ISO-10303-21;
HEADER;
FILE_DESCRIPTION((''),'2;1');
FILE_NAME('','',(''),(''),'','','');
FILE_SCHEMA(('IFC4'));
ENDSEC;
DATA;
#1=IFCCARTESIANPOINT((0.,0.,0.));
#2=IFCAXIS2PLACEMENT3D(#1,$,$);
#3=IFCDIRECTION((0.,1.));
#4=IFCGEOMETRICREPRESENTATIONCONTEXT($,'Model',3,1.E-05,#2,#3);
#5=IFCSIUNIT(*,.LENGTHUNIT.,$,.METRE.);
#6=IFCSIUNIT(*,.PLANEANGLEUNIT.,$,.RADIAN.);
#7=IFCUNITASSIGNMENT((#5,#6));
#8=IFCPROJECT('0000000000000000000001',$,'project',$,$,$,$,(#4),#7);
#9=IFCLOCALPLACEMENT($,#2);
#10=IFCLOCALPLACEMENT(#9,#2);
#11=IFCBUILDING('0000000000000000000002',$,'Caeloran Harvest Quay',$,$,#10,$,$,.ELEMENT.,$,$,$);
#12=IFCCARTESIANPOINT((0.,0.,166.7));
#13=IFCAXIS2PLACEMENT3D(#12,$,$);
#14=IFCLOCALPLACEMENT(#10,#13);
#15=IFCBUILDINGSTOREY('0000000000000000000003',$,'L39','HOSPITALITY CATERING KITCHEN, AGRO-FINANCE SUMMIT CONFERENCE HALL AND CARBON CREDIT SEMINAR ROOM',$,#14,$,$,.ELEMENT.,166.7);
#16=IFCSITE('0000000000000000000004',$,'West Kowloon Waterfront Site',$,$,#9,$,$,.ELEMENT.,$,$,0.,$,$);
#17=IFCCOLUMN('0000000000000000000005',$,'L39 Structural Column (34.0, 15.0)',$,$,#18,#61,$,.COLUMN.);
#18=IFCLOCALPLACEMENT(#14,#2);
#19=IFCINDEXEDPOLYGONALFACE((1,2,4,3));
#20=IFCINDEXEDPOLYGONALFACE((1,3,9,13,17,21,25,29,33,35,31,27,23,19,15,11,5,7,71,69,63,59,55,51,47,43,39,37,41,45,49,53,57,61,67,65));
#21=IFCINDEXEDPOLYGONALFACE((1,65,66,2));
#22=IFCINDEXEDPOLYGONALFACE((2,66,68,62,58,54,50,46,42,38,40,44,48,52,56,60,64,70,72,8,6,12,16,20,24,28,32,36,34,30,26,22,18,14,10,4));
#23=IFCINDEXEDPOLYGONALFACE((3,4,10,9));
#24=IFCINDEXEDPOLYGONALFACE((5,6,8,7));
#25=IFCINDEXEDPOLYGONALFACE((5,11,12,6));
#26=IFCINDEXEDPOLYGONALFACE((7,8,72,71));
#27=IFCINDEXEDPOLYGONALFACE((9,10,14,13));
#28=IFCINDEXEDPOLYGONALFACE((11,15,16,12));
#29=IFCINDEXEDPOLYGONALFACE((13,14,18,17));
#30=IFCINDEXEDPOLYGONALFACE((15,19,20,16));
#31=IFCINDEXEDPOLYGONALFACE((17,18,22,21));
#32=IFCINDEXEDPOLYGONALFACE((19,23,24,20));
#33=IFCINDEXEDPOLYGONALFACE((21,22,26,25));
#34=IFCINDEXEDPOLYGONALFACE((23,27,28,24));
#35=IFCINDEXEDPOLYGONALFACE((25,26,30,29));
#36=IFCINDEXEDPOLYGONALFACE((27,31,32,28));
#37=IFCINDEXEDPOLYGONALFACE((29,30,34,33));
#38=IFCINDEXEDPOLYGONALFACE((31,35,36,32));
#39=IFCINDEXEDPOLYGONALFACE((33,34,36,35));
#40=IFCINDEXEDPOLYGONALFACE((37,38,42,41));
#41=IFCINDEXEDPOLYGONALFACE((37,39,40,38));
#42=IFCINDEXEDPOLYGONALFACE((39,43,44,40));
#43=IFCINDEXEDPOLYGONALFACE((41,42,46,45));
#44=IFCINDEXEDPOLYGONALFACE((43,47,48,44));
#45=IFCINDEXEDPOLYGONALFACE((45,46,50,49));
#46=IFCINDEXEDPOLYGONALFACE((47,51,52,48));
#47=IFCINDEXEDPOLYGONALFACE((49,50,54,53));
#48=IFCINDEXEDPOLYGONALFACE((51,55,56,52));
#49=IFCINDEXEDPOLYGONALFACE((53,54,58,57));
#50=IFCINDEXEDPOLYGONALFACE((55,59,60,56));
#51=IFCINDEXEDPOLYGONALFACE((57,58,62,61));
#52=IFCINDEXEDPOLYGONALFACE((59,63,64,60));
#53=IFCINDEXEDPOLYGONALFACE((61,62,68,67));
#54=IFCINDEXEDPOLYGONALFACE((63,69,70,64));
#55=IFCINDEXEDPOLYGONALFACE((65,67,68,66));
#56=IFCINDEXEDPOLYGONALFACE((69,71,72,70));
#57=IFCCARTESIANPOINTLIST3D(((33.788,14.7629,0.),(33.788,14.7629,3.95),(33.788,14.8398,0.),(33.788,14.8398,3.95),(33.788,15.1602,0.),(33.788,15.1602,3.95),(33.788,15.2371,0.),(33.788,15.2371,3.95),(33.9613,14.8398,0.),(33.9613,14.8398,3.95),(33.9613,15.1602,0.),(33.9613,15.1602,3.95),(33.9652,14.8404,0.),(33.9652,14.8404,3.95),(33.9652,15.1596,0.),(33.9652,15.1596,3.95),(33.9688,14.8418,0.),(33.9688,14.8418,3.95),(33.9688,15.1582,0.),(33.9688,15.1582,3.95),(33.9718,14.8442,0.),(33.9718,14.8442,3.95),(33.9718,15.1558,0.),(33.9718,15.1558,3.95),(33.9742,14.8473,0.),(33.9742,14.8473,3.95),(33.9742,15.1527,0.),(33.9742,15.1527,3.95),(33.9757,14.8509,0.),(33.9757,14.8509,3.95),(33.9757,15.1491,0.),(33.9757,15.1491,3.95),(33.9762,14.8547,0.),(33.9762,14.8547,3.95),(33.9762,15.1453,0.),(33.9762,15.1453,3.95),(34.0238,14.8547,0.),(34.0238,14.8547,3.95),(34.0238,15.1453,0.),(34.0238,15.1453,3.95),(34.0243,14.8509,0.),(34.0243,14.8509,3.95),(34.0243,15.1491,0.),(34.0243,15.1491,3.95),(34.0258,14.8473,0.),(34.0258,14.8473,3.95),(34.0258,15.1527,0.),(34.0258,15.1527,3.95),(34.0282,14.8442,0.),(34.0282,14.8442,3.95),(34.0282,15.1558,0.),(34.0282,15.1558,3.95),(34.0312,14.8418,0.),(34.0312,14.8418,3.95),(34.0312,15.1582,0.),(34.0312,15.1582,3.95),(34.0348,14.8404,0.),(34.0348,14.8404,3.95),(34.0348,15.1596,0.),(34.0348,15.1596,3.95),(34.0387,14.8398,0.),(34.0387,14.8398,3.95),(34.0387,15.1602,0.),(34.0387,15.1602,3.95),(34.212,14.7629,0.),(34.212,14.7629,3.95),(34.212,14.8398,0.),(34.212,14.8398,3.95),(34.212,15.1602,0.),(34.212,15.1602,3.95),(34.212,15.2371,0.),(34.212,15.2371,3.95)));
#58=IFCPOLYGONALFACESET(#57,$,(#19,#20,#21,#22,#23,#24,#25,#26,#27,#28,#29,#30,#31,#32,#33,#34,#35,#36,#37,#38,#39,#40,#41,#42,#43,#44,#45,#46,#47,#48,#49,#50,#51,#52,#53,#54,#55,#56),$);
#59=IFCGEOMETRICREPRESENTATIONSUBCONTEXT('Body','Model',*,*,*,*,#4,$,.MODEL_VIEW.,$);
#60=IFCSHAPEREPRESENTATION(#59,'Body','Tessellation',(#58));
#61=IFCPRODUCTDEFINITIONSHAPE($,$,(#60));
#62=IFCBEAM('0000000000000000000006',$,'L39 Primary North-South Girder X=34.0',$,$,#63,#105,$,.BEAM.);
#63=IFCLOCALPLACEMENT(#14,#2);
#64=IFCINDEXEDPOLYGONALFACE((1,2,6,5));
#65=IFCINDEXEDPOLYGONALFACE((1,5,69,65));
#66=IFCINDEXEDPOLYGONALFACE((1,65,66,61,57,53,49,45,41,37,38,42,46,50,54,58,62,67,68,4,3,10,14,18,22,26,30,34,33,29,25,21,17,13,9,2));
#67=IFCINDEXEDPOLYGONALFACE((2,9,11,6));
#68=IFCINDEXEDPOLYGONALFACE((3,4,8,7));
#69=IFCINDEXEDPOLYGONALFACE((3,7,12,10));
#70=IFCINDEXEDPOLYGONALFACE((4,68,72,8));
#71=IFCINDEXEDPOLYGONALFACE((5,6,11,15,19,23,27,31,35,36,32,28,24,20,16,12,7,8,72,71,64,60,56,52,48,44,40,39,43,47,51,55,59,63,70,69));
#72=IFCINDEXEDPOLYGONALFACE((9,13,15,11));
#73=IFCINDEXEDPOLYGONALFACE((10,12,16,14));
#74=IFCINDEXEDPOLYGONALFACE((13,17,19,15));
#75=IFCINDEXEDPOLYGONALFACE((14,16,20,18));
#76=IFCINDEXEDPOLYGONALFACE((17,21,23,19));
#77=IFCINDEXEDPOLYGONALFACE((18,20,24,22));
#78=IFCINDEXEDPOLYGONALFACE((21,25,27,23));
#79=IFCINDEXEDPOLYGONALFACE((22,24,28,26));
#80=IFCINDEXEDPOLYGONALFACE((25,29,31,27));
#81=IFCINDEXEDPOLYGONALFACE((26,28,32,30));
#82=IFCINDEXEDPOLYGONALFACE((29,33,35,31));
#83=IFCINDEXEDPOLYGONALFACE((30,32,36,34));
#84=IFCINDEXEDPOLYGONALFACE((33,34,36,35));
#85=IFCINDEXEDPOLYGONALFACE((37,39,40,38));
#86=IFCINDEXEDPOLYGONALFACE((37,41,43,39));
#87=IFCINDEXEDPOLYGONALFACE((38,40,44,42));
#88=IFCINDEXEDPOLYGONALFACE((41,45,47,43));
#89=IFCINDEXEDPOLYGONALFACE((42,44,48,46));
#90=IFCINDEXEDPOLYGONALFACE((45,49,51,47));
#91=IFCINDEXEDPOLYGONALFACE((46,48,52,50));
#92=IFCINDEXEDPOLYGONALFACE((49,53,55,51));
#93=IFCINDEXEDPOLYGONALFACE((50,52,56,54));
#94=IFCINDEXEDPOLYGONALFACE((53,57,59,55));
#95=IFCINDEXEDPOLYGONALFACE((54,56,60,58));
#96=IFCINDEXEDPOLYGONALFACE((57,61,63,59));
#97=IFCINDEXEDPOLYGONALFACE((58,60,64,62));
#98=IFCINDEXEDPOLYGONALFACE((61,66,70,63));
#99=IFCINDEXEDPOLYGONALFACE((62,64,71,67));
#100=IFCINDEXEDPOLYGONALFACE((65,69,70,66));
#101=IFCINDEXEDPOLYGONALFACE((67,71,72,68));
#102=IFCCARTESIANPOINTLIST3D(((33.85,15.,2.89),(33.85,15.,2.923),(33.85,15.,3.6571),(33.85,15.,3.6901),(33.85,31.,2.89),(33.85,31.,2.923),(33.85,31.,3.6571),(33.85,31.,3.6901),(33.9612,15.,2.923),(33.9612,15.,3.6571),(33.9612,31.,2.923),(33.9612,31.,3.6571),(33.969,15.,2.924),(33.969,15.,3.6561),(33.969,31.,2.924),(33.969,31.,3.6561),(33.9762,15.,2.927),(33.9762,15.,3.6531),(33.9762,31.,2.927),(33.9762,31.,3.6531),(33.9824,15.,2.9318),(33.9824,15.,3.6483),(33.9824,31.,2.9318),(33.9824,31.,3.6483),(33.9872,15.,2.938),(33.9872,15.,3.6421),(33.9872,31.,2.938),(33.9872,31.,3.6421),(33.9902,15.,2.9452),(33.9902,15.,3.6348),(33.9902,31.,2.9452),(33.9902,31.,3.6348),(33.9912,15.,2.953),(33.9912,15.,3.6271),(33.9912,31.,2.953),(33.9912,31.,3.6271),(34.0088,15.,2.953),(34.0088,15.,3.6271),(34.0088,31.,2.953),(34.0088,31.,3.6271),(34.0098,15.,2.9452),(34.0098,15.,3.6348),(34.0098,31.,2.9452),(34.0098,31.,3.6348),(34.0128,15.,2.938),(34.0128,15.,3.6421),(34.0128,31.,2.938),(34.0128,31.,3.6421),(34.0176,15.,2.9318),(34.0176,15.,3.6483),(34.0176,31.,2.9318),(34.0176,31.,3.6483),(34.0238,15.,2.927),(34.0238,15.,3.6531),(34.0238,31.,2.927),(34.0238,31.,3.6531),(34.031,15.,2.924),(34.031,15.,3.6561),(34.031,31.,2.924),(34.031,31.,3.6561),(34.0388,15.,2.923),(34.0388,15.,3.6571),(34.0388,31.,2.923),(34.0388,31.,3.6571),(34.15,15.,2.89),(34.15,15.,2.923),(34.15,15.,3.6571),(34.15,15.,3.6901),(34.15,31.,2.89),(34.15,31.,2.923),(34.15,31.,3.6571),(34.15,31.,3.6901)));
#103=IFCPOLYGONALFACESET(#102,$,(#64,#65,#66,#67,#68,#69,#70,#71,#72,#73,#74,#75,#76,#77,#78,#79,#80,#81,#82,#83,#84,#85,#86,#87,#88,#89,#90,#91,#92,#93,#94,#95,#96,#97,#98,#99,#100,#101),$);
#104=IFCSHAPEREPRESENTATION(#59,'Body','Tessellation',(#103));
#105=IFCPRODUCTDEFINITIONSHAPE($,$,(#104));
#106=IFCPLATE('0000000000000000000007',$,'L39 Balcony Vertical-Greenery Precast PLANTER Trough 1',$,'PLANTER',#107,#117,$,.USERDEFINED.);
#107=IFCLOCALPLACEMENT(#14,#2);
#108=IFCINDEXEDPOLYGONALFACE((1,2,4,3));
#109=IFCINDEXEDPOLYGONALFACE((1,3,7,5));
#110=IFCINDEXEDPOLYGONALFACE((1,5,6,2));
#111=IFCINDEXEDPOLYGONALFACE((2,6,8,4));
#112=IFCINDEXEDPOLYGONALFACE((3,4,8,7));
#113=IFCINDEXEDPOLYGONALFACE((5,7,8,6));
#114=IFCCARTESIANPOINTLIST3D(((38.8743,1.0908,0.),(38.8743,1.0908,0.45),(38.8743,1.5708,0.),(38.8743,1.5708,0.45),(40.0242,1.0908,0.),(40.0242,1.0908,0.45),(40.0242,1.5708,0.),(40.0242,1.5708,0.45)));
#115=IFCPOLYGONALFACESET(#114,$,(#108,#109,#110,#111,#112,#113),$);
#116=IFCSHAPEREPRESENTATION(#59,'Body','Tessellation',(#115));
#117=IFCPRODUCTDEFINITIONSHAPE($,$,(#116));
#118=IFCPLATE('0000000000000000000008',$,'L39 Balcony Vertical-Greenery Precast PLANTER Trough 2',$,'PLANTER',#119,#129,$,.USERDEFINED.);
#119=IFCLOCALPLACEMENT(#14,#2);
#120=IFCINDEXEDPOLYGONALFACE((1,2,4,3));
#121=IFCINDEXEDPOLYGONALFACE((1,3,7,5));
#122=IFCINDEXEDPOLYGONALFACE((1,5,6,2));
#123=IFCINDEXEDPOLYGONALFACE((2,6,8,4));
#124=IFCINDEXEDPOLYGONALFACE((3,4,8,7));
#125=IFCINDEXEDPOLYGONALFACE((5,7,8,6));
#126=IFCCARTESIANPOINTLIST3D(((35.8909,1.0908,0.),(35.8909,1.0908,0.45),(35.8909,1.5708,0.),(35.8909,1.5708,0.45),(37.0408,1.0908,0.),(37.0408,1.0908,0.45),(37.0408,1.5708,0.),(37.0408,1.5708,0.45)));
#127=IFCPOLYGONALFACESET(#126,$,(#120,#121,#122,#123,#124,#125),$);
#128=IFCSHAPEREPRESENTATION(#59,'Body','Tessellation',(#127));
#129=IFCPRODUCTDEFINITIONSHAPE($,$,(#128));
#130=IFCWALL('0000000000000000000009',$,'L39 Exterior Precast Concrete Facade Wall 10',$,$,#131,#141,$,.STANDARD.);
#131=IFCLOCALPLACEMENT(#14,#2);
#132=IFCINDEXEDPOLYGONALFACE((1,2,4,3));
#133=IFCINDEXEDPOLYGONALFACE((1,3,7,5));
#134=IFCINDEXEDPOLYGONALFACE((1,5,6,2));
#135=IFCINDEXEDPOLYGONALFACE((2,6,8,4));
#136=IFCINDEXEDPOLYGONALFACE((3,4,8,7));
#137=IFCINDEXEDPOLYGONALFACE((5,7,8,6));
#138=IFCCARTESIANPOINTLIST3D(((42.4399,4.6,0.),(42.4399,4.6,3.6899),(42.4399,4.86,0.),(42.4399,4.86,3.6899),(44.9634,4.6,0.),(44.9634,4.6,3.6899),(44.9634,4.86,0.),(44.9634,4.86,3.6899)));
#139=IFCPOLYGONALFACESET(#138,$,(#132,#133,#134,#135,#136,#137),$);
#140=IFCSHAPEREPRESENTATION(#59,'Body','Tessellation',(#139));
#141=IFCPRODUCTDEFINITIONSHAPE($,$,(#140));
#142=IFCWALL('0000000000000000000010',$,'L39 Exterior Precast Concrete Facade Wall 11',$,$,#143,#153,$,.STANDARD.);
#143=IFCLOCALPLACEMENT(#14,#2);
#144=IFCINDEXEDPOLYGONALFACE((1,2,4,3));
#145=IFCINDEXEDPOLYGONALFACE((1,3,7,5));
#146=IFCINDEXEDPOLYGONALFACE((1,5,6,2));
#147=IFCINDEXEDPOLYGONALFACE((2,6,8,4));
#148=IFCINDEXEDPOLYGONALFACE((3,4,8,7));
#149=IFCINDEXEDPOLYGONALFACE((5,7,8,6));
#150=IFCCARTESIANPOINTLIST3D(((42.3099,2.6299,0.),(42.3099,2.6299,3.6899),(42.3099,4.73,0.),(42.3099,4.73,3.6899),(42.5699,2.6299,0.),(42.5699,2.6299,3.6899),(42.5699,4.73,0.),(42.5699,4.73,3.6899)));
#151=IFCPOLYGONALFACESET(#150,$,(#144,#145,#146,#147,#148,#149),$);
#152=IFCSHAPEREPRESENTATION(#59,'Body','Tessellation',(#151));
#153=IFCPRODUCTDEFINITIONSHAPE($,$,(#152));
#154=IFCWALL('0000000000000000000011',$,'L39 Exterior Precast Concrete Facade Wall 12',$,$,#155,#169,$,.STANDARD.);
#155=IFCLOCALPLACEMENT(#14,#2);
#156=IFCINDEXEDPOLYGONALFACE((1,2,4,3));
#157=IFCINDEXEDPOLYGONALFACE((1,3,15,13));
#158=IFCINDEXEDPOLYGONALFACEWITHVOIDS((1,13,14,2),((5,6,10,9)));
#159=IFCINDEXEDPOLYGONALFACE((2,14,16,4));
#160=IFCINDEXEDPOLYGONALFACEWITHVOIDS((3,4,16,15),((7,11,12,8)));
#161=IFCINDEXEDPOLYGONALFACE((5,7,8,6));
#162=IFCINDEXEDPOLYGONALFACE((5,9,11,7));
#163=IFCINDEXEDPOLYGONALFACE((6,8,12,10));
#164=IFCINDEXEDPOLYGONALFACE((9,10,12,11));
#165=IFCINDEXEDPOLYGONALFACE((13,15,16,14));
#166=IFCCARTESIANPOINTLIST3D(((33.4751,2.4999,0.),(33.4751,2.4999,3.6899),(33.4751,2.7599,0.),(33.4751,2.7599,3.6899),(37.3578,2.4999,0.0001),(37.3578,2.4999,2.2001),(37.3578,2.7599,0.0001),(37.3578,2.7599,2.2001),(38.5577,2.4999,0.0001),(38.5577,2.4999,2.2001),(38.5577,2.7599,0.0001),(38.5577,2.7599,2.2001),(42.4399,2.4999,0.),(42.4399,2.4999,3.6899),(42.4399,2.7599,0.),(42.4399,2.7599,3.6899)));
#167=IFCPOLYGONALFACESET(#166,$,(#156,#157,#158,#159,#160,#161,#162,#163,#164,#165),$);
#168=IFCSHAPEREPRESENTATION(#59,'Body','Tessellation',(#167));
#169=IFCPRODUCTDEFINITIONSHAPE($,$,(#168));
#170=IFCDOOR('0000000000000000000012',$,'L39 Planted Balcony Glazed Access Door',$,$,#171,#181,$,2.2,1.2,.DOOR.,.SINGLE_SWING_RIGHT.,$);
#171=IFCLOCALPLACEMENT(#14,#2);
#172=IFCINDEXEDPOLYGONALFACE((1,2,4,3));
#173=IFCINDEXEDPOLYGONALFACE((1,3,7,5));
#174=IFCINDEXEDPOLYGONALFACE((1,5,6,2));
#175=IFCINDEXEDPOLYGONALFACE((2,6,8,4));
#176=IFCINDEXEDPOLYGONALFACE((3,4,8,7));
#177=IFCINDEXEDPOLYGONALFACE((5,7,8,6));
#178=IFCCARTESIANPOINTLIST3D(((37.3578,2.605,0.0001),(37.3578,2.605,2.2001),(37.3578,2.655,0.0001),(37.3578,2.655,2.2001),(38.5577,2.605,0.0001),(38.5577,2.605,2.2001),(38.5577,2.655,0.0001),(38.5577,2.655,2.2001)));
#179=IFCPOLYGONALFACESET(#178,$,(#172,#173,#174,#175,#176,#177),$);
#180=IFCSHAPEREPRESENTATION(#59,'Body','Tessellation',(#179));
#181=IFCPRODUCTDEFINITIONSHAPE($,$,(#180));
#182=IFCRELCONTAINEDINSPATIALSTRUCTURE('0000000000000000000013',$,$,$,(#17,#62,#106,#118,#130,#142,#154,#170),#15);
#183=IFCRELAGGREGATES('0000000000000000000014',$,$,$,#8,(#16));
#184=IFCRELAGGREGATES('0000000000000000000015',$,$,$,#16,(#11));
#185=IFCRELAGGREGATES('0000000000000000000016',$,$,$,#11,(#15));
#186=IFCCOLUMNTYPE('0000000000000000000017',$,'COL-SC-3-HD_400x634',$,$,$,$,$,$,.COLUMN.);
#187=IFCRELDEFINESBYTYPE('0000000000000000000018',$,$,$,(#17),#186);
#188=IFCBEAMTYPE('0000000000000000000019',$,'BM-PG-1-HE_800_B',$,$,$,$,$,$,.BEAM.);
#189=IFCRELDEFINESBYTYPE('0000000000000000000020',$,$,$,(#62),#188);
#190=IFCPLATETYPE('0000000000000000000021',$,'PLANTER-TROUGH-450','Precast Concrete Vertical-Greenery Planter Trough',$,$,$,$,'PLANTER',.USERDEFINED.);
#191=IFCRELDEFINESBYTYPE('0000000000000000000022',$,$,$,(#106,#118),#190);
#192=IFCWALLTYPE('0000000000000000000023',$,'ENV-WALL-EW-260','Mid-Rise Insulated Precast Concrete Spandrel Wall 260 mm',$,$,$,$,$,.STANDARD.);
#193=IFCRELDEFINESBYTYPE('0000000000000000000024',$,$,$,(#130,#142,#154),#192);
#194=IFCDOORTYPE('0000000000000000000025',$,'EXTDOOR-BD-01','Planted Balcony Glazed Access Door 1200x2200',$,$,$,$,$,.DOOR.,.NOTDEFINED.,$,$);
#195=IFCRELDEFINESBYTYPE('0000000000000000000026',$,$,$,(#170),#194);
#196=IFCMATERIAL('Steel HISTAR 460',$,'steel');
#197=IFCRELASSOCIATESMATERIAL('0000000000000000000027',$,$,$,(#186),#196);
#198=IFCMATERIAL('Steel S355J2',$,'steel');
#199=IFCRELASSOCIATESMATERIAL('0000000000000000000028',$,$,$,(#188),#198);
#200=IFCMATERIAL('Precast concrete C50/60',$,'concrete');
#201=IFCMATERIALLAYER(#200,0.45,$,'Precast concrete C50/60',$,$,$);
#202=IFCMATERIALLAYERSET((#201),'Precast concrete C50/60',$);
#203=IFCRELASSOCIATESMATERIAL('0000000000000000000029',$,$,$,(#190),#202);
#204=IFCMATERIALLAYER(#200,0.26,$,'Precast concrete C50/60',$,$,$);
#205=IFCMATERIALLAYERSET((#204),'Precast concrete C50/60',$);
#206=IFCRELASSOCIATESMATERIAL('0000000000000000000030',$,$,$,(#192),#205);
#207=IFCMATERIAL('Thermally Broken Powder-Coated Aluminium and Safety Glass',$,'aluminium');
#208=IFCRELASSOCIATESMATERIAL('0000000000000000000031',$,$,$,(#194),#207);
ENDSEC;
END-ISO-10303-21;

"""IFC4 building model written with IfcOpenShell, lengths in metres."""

from ifc_helpers import new_model, si_unit, direction, frame, frame_2d, origin, origin_2d, place, context, subcontext, project, spatial, rectangle, i_section, extrude, material, layer, layer_set, material_profile, profile_set, type_object, element, fill, save


model = new_model("IFC4")

# Units and contexts
model_context = context("Model", 3, precision=1e-05, world=origin(), true_north=direction((0.0, 1.0)))
body_context = subcontext(model_context, "Body", "Model", "MODEL_VIEW")
ifc_project = project(units=[si_unit("LENGTHUNIT", "METRE"), si_unit("PLANEANGLEUNIT", "RADIAN")], contexts=[model_context])

# Site, building, storey
site_placement = place(None, origin())
site = spatial("IfcSite", under=ifc_project, at=site_placement, Name="West Kowloon Waterfront Site", CompositionType="ELEMENT", RefElevation=0.0)
building_placement = place(site_placement, origin())
building = spatial("IfcBuilding", under=site, at=building_placement, Name="Caeloran Harvest Quay", CompositionType="ELEMENT")
storey_placement = place(building_placement, frame((0.0, 0.0, 166.7)))
storey = spatial("IfcBuildingStorey", under=building, at=storey_placement, Name="L39", Description="HOSPITALITY CATERING KITCHEN, AGRO-FINANCE SUMMIT CONFERENCE HALL AND CARBON CREDIT SEMINAR ROOM", CompositionType="ELEMENT", Elevation=166.7)

# Column
ifc_material_1 = material(Name="Steel HISTAR 460", Category="steel")
ifc_material_profile_1 = material_profile(ifc_material_1, i_section(OverallWidth=0.4241, OverallDepth=0.4741, WebThickness=0.0476, FlangeThickness=0.0769, FilletRadius=0.0149, at=origin_2d()), Name="HD 400x634")
ifc_profile_set_1 = profile_set([ifc_material_profile_1], Name="Steel HISTAR 460")
column_type = type_object("IfcColumnType", Name="COL-SC-3-HD_400x634", PredefinedType="COLUMN", material=ifc_profile_set_1)
column_placement = place(storey_placement, frame((34.0, 15.0, 0.0), z_axis=(0.0, 0.0, 1.0), x_axis=(1.0, 0.0, 0.0)))
element("IfcColumn", 1, at=column_placement, inside=storey, type_object=column_type, Name="L39 Structural Column (34.0, 15.0)", PredefinedType="COLUMN", context=body_context, shape_type="SweptSolid", body=[
    extrude(i_section(OverallWidth=0.4241, OverallDepth=0.4741, WebThickness=0.0476, FlangeThickness=0.0769, FilletRadius=0.0149, at=origin_2d()), origin(), (0.0, 0.0, 1.0), 3.95),
])

# Beam
ifc_material_2 = material(Name="Steel S355J2", Category="steel")
ifc_material_profile_2 = material_profile(ifc_material_2, i_section(OverallWidth=0.3, OverallDepth=0.8, WebThickness=0.0176, FlangeThickness=0.033, FilletRadius=0.03, at=origin_2d()), Name="HE 800 B")
ifc_profile_set_2 = profile_set([ifc_material_profile_2], Name="Steel S355J2")
beam_type = type_object("IfcBeamType", Name="BM-PG-1-HE_800_B", PredefinedType="BEAM", material=ifc_profile_set_2)
beam_placement = place(storey_placement, frame((34.0, 15.0, 3.29), z_axis=(0.0, 1.0, 0.0), x_axis=(-1.0, 0.0, 0.0)))
element("IfcBeam", 2, at=beam_placement, inside=storey, type_object=beam_type, Name="L39 Primary North-South Girder X=34.0", PredefinedType="BEAM", context=body_context, shape_type="SweptSolid", body=[
    extrude(i_section(OverallWidth=0.3, OverallDepth=0.8, WebThickness=0.0176, FlangeThickness=0.033, FilletRadius=0.03, at=origin_2d()), origin(), (0.0, 0.0, 1.0), 16.0),
])

# Plates
ifc_material_3 = material(Name="Precast concrete C50/60", Category="concrete")
ifc_layer_1 = layer(ifc_material_3, 0.45, Name="Precast concrete C50/60")
ifc_layer_set_1 = layer_set([ifc_layer_1], Name="Precast concrete C50/60")
plate_type = type_object("IfcPlateType", Name="PLANTER-TROUGH-450", Description="Precast Concrete Vertical-Greenery Planter Trough", ElementType="PLANTER", PredefinedType="USERDEFINED", material=ifc_layer_set_1)
for number, where, z_axis, x_axis, name in (
    (3, (39.4492, 1.3308, 0.0), (0.0, 0.0, 1.0), (1.0, 0.0, 0.0), "L39 Balcony Vertical-Greenery Precast PLANTER Trough 1"),
    (4, (36.4658, 1.3308, 0.0), (0.0, 0.0, 1.0), (1.0, 0.0, 0.0), "L39 Balcony Vertical-Greenery Precast PLANTER Trough 2"),
):
    element("IfcPlate", number, at=place(storey_placement, frame(where, z_axis=z_axis, x_axis=x_axis)), inside=storey, type_object=plate_type, Name=name, ObjectType="PLANTER", PredefinedType="USERDEFINED", context=body_context, shape_type="SweptSolid", body=[
        extrude(rectangle(XDim=1.1499, YDim=0.48, at=origin_2d()), origin(), (0.0, 0.0, 1.0), 0.45),
    ])

# Walls
ifc_layer_2 = layer(ifc_material_3, 0.26, Name="Precast concrete C50/60")
ifc_layer_set_2 = layer_set([ifc_layer_2], Name="Precast concrete C50/60")
wall_type_1 = type_object("IfcWallType", Name="ENV-WALL-EW-260", Description="Mid-Rise Insulated Precast Concrete Spandrel Wall 260 mm", PredefinedType="STANDARD", material=ifc_layer_set_2)
wall_1_placement = place(storey_placement, frame((44.9634, 4.73, 0.0), z_axis=(0.0, 0.0, 1.0), x_axis=(-1.0, 0.0, 0.0)))
element("IfcWall", 5, at=wall_1_placement, inside=storey, type_object=wall_type_1, Name="L39 Exterior Precast Concrete Facade Wall 10", PredefinedType="STANDARD", context=body_context, shape_type="SweptSolid", body=[
    extrude(rectangle(XDim=2.5234, YDim=0.26, at=frame_2d((1.2617, 0.0))), origin(), (0.0, 0.0, 1.0), 3.6899),
])
wall_2_placement = place(storey_placement, frame((42.4399, 4.73, 0.0), z_axis=(0.0, 0.0, 1.0), x_axis=(0.0, -1.0, 0.0)))
element("IfcWall", 6, at=wall_2_placement, inside=storey, type_object=wall_type_1, Name="L39 Exterior Precast Concrete Facade Wall 11", PredefinedType="STANDARD", context=body_context, shape_type="SweptSolid", body=[
    extrude(rectangle(XDim=2.1001, YDim=0.26, at=frame_2d((1.05, 0.0))), origin(), (0.0, 0.0, 1.0), 3.6899),
])

# Wall, opening, door
wall_3_placement = place(storey_placement, frame((42.4399, 2.6299, 0.0), z_axis=(0.0, 0.0, 1.0), x_axis=(-1.0, 0.0, 0.0)))
wall_3 = element("IfcWall", 7, at=wall_3_placement, inside=storey, type_object=wall_type_1, Name="L39 Exterior Precast Concrete Facade Wall 12", PredefinedType="STANDARD", context=body_context, shape_type="SweptSolid", body=[
    extrude(rectangle(XDim=8.9648, YDim=0.26, at=frame_2d((4.4824, 0.0))), origin(), (0.0, 0.0, 1.0), 3.6899),
])
opening_1_placement = place(wall_3_placement, frame((3.8821, 0.0, 0.0)))
opening_1 = element("IfcOpeningElement", 8, at=opening_1_placement, cuts=wall_3, PredefinedType="OPENING", context=body_context, shape_type="SweptSolid", body=[
    extrude(rectangle(XDim=1.2, YDim=2.2, at=frame_2d((0.6001, 1.1001))), frame((0.0, 0.1401, 0.0), z_axis=(0.0, -1.0, 0.0), x_axis=(1.0, 0.0, 0.0)), (0.0, 0.0, 1.0), 0.28),
])
ifc_material_4 = material(Name="Thermally Broken Powder-Coated Aluminium and Safety Glass", Category="aluminium")
door_type = type_object("IfcDoorType", Name="EXTDOOR-BD-01", Description="Planted Balcony Glazed Access Door 1200x2200", OperationType="NOTDEFINED", PredefinedType="DOOR", material=ifc_material_4)
door_placement = place(opening_1_placement, origin())
door = element("IfcDoor", 9, at=door_placement, inside=storey, type_object=door_type, Name="L39 Planted Balcony Glazed Access Door", OperationType="SINGLE_SWING_RIGHT", OverallHeight=2.2, OverallWidth=1.2, PredefinedType="DOOR", context=body_context, shape_type="SweptSolid", body=[
    extrude(rectangle(XDim=1.2, YDim=2.2, at=frame_2d((0.6001, 1.1001))), frame((0.0, 0.0249, 0.0), z_axis=(0.0, -1.0, 0.0), x_axis=(1.0, 0.0, 0.0)), (0.0, 0.0, 1.0), 0.05),
])
fill(opening_1, door)

save(model, "model.ifc")
